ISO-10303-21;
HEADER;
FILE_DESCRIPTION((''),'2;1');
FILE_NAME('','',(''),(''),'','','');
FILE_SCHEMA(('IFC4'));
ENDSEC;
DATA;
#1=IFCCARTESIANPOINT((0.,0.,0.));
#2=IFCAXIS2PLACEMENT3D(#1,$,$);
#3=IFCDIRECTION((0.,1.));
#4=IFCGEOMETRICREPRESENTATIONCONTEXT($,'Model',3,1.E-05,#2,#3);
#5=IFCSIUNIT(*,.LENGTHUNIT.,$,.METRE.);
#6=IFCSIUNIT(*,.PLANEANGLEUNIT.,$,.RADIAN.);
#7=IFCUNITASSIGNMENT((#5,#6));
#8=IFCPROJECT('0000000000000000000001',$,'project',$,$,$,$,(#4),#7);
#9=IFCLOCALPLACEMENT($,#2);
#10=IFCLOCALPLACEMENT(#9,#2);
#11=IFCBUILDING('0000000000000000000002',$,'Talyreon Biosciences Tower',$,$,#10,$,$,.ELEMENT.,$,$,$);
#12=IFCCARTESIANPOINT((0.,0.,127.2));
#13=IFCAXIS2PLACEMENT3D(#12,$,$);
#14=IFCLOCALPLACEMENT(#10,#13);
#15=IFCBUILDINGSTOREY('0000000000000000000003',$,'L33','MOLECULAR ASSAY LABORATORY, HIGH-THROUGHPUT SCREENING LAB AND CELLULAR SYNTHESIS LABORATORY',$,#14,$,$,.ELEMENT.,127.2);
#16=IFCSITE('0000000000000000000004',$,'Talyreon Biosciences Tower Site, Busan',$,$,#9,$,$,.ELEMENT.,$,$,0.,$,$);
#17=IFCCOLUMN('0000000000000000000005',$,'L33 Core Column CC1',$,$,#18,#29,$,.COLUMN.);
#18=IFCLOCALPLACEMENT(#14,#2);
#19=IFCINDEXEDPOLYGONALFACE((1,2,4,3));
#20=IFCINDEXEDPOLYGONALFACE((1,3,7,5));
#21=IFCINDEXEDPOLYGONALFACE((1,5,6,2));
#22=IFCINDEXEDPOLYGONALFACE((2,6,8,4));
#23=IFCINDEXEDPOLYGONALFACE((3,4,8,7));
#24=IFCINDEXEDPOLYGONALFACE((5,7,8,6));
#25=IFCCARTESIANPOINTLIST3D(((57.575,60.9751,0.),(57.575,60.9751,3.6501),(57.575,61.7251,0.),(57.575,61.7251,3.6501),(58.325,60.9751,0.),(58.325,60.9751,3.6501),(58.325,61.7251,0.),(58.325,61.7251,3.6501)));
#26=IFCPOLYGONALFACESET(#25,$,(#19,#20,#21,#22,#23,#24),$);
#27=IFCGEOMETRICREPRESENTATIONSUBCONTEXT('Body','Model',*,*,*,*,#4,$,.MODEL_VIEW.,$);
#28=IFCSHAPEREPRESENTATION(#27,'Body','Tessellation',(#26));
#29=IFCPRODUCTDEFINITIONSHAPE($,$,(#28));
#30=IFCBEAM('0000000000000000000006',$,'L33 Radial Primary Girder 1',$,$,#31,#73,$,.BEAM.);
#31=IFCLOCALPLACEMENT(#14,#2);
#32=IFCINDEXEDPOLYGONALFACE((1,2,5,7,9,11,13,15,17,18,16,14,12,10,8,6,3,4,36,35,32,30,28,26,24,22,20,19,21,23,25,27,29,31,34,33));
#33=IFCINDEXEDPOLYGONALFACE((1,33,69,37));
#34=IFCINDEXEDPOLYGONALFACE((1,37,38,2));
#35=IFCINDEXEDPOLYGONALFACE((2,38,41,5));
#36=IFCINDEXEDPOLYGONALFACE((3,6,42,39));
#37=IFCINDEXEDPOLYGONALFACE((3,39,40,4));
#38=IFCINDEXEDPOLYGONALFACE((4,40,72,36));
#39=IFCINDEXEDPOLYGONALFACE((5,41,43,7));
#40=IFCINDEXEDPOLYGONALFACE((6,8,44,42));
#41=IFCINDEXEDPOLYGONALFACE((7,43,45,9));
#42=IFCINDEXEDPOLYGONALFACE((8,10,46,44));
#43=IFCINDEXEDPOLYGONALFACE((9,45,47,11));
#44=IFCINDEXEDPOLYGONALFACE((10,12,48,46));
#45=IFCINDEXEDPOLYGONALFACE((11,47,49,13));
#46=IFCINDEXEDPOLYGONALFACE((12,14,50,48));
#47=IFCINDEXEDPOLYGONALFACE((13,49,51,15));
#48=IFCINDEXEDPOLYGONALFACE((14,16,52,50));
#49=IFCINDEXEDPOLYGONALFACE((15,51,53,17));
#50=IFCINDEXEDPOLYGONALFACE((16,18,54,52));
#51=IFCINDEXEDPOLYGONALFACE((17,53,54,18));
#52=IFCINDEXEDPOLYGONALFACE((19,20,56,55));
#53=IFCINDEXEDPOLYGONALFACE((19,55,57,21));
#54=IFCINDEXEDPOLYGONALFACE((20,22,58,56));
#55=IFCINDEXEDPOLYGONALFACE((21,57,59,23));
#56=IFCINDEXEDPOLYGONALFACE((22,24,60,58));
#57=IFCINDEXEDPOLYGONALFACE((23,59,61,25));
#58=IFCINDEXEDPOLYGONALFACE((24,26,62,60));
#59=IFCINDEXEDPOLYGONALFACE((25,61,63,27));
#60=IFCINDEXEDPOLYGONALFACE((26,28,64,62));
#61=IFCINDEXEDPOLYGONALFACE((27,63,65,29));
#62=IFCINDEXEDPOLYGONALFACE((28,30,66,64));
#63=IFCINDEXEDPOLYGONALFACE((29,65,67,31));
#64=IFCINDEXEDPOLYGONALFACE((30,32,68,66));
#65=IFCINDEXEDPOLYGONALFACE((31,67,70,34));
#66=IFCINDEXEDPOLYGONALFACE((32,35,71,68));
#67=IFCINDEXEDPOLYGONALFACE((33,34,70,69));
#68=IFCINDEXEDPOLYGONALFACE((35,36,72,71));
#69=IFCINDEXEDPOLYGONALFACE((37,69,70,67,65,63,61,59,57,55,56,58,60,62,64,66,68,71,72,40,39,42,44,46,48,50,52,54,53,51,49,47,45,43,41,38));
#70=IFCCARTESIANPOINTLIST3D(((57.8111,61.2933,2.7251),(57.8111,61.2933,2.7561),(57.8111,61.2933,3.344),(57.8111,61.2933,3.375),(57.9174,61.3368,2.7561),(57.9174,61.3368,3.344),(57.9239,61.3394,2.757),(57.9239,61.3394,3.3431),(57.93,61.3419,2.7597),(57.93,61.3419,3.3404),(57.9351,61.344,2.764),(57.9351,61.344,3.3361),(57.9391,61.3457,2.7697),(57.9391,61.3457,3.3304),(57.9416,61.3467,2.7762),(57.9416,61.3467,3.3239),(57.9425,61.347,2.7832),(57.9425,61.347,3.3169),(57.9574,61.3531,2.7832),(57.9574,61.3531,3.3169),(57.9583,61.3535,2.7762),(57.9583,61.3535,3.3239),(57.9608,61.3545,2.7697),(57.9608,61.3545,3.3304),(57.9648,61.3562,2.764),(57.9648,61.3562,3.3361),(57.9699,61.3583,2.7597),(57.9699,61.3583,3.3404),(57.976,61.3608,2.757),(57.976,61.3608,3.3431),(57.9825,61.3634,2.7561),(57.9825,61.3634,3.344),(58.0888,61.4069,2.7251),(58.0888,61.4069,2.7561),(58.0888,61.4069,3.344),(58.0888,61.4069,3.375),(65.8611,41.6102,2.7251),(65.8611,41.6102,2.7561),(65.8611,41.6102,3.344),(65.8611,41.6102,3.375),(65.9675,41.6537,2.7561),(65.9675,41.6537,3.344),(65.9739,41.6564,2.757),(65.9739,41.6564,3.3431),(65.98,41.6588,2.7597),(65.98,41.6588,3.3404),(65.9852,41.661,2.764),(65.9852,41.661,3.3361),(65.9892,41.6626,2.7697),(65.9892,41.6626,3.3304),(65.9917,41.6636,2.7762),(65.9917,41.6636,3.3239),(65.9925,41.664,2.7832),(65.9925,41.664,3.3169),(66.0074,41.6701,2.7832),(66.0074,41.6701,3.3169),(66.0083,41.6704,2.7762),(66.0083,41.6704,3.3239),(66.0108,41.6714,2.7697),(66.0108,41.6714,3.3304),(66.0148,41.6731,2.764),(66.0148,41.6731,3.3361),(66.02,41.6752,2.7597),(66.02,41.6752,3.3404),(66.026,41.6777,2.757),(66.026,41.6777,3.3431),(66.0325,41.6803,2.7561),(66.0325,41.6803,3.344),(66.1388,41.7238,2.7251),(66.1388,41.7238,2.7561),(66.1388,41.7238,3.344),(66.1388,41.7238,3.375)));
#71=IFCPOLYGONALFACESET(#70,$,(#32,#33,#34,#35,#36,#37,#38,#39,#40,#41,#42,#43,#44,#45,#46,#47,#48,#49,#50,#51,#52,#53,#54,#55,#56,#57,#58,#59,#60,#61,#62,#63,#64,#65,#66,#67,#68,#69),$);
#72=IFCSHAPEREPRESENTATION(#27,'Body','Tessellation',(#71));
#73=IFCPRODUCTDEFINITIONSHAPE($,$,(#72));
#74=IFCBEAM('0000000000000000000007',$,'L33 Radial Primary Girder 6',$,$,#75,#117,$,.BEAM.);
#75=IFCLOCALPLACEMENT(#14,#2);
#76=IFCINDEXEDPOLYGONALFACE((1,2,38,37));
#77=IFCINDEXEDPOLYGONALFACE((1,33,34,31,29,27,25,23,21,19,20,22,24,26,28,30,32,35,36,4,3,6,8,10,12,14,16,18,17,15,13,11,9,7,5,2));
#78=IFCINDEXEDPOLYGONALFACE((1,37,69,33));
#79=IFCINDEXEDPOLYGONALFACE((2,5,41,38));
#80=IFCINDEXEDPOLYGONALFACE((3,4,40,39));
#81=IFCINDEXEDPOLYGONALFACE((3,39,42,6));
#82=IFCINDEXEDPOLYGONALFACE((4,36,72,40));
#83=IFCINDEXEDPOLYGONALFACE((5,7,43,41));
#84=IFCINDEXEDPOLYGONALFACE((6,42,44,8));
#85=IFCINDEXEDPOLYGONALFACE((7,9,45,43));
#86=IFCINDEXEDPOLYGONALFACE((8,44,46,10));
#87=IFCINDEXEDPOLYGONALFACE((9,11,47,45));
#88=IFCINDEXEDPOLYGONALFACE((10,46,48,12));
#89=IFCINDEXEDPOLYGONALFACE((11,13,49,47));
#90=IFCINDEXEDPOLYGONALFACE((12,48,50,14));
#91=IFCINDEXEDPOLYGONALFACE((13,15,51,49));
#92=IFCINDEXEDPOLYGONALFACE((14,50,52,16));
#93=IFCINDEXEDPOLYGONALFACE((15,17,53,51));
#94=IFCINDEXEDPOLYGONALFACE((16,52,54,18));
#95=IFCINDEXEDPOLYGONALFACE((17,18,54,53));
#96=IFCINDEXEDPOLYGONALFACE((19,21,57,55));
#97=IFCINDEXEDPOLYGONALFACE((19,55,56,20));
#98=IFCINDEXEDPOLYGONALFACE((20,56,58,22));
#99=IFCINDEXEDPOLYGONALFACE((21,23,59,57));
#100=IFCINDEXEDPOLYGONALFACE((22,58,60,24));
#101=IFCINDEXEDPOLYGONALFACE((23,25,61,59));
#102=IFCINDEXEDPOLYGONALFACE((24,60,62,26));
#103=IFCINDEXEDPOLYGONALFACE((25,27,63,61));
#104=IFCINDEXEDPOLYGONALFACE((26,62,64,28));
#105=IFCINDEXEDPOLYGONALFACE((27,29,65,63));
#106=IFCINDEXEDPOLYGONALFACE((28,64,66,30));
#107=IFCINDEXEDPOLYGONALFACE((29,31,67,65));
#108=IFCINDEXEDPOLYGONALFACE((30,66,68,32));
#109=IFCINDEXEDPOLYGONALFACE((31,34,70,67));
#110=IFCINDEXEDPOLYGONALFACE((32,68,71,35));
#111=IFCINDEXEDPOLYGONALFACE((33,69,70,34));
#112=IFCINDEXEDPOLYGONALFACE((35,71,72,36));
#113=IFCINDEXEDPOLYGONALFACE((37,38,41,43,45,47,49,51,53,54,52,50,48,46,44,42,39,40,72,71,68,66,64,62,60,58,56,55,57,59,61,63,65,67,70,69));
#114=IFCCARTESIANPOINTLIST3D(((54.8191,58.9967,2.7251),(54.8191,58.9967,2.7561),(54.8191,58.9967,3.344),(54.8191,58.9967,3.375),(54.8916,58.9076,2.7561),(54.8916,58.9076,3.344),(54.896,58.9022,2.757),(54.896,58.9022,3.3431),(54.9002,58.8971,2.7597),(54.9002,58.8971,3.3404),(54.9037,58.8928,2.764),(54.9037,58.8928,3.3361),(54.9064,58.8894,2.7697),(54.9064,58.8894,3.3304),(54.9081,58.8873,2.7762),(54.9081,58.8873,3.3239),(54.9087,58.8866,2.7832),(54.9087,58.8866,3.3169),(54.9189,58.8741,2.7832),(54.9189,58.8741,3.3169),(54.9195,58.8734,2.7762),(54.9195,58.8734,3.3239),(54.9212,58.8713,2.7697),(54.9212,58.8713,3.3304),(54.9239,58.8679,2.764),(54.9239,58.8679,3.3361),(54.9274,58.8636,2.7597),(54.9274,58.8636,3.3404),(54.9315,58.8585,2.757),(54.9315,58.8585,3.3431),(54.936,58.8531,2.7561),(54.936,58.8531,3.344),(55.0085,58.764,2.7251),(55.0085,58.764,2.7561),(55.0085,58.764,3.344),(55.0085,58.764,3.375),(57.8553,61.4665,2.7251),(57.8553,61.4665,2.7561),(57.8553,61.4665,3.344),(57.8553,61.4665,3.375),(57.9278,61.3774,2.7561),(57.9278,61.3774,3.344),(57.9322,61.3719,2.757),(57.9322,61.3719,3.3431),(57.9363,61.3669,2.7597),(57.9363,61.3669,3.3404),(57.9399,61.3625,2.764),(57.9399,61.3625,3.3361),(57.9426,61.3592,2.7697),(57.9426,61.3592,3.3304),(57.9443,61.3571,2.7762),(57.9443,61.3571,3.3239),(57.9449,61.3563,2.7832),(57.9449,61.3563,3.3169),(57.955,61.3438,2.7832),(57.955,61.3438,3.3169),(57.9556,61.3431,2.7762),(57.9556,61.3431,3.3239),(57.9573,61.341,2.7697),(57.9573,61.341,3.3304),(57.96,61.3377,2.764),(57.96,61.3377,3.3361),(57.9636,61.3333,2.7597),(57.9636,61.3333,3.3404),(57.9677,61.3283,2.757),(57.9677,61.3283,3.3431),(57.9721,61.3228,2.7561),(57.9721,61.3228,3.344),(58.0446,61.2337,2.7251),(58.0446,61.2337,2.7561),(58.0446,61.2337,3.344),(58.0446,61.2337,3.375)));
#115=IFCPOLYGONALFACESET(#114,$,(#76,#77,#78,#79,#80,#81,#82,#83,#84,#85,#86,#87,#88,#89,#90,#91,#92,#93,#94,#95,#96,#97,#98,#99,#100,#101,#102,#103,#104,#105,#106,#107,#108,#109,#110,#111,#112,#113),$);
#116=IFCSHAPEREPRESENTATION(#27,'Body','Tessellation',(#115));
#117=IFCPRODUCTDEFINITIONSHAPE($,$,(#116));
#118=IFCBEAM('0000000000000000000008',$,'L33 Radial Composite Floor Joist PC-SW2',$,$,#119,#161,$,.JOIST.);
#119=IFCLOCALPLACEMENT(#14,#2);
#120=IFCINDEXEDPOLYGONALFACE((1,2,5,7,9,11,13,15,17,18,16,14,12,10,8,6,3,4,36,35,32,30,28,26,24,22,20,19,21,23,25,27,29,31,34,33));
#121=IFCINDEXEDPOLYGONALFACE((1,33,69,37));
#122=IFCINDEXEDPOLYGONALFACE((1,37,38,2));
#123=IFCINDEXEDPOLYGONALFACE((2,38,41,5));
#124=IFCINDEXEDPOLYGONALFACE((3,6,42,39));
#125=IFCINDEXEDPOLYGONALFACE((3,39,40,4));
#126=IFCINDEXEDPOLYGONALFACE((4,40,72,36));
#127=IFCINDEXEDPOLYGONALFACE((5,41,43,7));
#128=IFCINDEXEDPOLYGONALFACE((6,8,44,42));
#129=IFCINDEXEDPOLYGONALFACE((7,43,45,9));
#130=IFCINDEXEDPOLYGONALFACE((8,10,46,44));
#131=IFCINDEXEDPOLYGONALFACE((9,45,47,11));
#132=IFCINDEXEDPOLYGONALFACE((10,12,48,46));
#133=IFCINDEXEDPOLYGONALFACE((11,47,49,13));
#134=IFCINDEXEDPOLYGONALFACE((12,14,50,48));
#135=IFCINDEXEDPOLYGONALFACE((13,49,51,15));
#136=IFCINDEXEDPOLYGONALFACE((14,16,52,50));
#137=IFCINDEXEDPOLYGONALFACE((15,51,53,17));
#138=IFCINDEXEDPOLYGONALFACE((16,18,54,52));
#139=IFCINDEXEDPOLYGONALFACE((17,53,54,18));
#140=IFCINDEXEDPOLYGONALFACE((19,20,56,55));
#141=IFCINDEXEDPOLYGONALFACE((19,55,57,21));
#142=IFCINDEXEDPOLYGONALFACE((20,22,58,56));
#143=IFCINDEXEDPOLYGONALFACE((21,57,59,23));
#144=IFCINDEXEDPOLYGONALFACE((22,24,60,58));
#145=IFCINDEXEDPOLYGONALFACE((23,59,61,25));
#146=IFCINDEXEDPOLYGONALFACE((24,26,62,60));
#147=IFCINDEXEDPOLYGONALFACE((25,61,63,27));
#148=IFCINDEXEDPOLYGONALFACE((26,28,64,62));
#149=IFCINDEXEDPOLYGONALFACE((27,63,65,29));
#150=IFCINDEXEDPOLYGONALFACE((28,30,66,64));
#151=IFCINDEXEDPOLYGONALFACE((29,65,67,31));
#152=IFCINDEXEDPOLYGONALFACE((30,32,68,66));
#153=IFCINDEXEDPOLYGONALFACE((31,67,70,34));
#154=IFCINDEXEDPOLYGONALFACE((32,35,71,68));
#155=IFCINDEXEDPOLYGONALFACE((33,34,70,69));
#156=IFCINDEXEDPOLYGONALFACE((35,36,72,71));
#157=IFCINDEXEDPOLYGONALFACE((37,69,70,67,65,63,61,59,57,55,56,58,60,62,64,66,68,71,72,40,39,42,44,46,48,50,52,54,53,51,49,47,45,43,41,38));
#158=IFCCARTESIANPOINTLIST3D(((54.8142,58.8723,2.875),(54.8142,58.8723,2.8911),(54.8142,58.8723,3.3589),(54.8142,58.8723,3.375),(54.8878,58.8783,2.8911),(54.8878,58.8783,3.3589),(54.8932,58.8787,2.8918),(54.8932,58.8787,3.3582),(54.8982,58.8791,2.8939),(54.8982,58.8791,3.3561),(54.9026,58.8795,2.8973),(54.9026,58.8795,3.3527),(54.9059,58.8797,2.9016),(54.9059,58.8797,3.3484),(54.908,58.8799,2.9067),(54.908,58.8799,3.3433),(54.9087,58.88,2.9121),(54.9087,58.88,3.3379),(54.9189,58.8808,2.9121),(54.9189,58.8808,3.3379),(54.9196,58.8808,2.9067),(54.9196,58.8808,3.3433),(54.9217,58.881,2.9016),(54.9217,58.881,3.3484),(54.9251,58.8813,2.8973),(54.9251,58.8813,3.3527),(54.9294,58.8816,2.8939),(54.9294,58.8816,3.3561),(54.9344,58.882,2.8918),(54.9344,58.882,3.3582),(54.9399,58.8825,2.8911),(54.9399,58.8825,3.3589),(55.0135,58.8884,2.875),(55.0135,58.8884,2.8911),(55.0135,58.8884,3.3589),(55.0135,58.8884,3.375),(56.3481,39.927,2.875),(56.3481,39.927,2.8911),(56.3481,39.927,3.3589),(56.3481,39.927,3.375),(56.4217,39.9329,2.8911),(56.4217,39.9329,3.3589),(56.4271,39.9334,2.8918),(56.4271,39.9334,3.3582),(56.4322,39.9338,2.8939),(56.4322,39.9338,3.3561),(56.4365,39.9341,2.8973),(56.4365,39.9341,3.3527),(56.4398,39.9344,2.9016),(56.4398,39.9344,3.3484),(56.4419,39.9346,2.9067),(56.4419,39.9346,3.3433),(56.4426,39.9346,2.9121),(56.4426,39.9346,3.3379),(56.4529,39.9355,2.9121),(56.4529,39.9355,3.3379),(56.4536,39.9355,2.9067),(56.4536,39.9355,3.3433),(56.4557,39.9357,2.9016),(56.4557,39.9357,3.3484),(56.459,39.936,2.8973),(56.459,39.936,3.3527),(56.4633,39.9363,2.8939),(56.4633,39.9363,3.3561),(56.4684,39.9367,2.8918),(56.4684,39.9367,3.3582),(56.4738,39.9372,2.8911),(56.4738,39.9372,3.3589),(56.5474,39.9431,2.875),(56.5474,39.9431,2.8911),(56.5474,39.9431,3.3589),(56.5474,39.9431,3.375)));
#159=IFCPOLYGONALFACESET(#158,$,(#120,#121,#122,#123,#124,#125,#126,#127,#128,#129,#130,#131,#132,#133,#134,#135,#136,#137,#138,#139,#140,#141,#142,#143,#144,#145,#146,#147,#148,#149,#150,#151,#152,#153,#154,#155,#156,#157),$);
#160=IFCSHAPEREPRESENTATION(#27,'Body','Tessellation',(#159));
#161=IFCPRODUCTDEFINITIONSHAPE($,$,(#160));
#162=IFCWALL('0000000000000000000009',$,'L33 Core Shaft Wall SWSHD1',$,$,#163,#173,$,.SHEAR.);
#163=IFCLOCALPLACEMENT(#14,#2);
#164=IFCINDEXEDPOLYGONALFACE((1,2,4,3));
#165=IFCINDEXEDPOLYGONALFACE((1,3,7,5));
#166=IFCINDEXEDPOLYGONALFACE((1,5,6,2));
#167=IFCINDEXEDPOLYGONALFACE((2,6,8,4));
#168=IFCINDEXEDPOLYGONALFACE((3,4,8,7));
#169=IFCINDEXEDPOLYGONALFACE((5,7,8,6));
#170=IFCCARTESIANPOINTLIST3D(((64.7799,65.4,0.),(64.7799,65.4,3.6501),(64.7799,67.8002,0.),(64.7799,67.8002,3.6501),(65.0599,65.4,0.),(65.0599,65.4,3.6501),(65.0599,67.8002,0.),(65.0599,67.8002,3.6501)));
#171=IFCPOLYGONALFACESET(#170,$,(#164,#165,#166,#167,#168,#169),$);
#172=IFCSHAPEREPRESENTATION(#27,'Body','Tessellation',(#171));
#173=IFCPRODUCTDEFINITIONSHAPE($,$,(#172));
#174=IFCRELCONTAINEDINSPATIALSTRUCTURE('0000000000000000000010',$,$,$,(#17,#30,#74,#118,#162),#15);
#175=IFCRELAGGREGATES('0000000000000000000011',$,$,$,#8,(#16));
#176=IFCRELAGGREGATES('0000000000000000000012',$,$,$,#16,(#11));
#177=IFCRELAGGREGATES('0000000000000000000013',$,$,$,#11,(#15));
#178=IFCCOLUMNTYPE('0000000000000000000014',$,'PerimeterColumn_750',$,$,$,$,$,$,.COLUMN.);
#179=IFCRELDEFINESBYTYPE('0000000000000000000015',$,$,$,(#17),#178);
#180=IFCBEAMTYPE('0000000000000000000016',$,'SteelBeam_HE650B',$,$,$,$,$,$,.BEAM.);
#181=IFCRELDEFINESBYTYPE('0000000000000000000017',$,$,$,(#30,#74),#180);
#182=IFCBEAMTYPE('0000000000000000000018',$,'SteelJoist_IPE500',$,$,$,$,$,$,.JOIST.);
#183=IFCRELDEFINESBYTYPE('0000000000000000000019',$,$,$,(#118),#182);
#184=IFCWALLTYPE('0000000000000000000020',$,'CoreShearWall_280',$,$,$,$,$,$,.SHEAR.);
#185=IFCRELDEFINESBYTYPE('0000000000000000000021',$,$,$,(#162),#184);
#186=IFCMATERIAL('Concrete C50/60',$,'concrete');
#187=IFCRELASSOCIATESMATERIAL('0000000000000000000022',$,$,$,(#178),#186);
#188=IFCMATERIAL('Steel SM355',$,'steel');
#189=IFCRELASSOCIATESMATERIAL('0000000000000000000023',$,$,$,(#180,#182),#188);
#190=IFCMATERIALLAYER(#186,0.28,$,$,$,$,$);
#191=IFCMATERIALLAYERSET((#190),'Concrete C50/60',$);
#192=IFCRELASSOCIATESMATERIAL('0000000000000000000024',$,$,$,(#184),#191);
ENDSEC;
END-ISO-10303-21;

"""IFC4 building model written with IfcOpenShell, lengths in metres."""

from ifc_helpers import new_model, si_unit, direction, frame, frame_2d, origin, origin_2d, place, context, subcontext, project, spatial, rectangle, i_section, extrude, material, layer, layer_set, material_profile, profile_set, type_object, element, save


model = new_model("IFC4")

# Units and contexts
model_context = context("Model", 3, precision=1e-05, world=origin(), true_north=direction((0.0, 1.0)))
body_context = subcontext(model_context, "Body", "Model", "MODEL_VIEW")
ifc_project = project(units=[si_unit("LENGTHUNIT", "METRE"), si_unit("PLANEANGLEUNIT", "RADIAN")], contexts=[model_context])

# Site, building, storey
site_placement = place(None, origin())
site = spatial("IfcSite", under=ifc_project, at=site_placement, Name="Talyreon Biosciences Tower Site, Busan", CompositionType="ELEMENT", RefElevation=0.0)
building_placement = place(site_placement, origin())
building = spatial("IfcBuilding", under=site, at=building_placement, Name="Talyreon Biosciences Tower", CompositionType="ELEMENT")
storey_placement = place(building_placement, frame((0.0, 0.0, 127.2)))
storey = spatial("IfcBuildingStorey", under=building, at=storey_placement, Name="L33", Description="MOLECULAR ASSAY LABORATORY, HIGH-THROUGHPUT SCREENING LAB AND CELLULAR SYNTHESIS LABORATORY", CompositionType="ELEMENT", Elevation=127.2)

# Column
ifc_material_1 = material(Name="Concrete C50/60", Category="concrete")
ifc_material_profile_1 = material_profile(ifc_material_1, rectangle(XDim=0.75, YDim=0.75, at=origin_2d()), Name="RC 750x750")
ifc_profile_set_1 = profile_set([ifc_material_profile_1], Name="Concrete C50/60")
column_type = type_object("IfcColumnType", Name="PerimeterColumn_750", PredefinedType="COLUMN", material=ifc_profile_set_1)
column_placement = place(storey_placement, frame((57.95, 61.3501, 0.0), z_axis=(0.0, 0.0, 1.0), x_axis=(1.0, 0.0, 0.0)))
element("IfcColumn", 1, at=column_placement, inside=storey, type_object=column_type, Name="L33 Core Column CC1", PredefinedType="COLUMN", context=body_context, shape_type="SweptSolid", body=[
    extrude(rectangle(XDim=0.75, YDim=0.75, at=origin_2d()), origin(), (0.0, 0.0, 1.0), 3.6501),
])

# Beams
ifc_material_2 = material(Name="Steel SM355", Category="steel")
ifc_material_profile_2 = material_profile(ifc_material_2, i_section(OverallWidth=0.3, OverallDepth=0.6499, WebThickness=0.0161, FlangeThickness=0.031, FilletRadius=0.0271, at=origin_2d()), Name="HE650B")
ifc_profile_set_2 = profile_set([ifc_material_profile_2], Name="Steel SM355")
beam_type_1 = type_object("IfcBeamType", Name="SteelBeam_HE650B", PredefinedType="BEAM", material=ifc_profile_set_2)
beam_1_placement = place(storey_placement, frame((57.95, 61.3501, 3.05), z_axis=(0.378547, -0.925582, 0.0), x_axis=(0.925582, 0.378547, 0.0)))
element("IfcBeam", 2, at=beam_1_placement, inside=storey, type_object=beam_type_1, Name="L33 Radial Primary Girder 1", PredefinedType="BEAM", context=body_context, shape_type="SweptSolid", body=[
    extrude(i_section(OverallWidth=0.3, OverallDepth=0.6499, WebThickness=0.0161, FlangeThickness=0.031, FilletRadius=0.0271, at=origin_2d()), origin(), (0.0, 0.0, 1.0), 21.2656),
])
beam_2_placement = place(storey_placement, frame((57.95, 61.3501, 3.05), z_axis=(-0.775755, -0.631034, 0.0), x_axis=(0.631034, -0.775755, 0.0)))
element("IfcBeam", 3, at=beam_2_placement, inside=storey, type_object=beam_type_1, Name="L33 Radial Primary Girder 6", PredefinedType="BEAM", context=body_context, shape_type="SweptSolid", body=[
    extrude(i_section(OverallWidth=0.3, OverallDepth=0.6499, WebThickness=0.0161, FlangeThickness=0.031, FilletRadius=0.0271, at=origin_2d()), origin(), (0.0, 0.0, 1.0), 3.9138),
])
ifc_material_profile_3 = material_profile(ifc_material_2, i_section(OverallWidth=0.2, OverallDepth=0.5, WebThickness=0.0103, FlangeThickness=0.0161, FilletRadius=0.021, at=origin_2d()), Name="IPE500")
ifc_profile_set_3 = profile_set([ifc_material_profile_3], Name="Steel SM355")
beam_type_2 = type_object("IfcBeamType", Name="SteelJoist_IPE500", PredefinedType="JOIST", material=ifc_profile_set_3)
beam_3_placement = place(storey_placement, frame((54.9138, 58.8804, 3.125), z_axis=(0.080702, -0.996738, 0.0), x_axis=(0.996738, 0.080702, 0.0)))
element("IfcBeam", 4, at=beam_3_placement, inside=storey, type_object=beam_type_2, Name="L33 Radial Composite Floor Joist PC-SW2", PredefinedType="JOIST", context=body_context, shape_type="SweptSolid", body=[
    extrude(i_section(OverallWidth=0.2, OverallDepth=0.5, WebThickness=0.0103, FlangeThickness=0.0161, FilletRadius=0.021, at=origin_2d()), origin(), (0.0, 0.0, 1.0), 19.0073),
])

# Wall
ifc_layer_1 = layer(ifc_material_1, 0.28)
ifc_layer_set_1 = layer_set([ifc_layer_1], Name="Concrete C50/60")
wall_type_1 = type_object("IfcWallType", Name="CoreShearWall_280", PredefinedType="SHEAR", material=ifc_layer_set_1)
wall_1_placement = place(storey_placement, frame((64.9199, 65.3999, 0.0), z_axis=(0.0, 0.0, 1.0), x_axis=(0.0, 1.0, 0.0)))
element("IfcWall", 5, at=wall_1_placement, inside=storey, type_object=wall_type_1, Name="L33 Core Shaft Wall SWSHD1", PredefinedType="SHEAR", context=body_context, shape_type="SweptSolid", body=[
    extrude(rectangle(XDim=2.4001, YDim=0.28, at=frame_2d((1.2002, 0.0))), origin(), (0.0, 0.0, 1.0), 3.6501),
])

save(model, "model.ifc")
